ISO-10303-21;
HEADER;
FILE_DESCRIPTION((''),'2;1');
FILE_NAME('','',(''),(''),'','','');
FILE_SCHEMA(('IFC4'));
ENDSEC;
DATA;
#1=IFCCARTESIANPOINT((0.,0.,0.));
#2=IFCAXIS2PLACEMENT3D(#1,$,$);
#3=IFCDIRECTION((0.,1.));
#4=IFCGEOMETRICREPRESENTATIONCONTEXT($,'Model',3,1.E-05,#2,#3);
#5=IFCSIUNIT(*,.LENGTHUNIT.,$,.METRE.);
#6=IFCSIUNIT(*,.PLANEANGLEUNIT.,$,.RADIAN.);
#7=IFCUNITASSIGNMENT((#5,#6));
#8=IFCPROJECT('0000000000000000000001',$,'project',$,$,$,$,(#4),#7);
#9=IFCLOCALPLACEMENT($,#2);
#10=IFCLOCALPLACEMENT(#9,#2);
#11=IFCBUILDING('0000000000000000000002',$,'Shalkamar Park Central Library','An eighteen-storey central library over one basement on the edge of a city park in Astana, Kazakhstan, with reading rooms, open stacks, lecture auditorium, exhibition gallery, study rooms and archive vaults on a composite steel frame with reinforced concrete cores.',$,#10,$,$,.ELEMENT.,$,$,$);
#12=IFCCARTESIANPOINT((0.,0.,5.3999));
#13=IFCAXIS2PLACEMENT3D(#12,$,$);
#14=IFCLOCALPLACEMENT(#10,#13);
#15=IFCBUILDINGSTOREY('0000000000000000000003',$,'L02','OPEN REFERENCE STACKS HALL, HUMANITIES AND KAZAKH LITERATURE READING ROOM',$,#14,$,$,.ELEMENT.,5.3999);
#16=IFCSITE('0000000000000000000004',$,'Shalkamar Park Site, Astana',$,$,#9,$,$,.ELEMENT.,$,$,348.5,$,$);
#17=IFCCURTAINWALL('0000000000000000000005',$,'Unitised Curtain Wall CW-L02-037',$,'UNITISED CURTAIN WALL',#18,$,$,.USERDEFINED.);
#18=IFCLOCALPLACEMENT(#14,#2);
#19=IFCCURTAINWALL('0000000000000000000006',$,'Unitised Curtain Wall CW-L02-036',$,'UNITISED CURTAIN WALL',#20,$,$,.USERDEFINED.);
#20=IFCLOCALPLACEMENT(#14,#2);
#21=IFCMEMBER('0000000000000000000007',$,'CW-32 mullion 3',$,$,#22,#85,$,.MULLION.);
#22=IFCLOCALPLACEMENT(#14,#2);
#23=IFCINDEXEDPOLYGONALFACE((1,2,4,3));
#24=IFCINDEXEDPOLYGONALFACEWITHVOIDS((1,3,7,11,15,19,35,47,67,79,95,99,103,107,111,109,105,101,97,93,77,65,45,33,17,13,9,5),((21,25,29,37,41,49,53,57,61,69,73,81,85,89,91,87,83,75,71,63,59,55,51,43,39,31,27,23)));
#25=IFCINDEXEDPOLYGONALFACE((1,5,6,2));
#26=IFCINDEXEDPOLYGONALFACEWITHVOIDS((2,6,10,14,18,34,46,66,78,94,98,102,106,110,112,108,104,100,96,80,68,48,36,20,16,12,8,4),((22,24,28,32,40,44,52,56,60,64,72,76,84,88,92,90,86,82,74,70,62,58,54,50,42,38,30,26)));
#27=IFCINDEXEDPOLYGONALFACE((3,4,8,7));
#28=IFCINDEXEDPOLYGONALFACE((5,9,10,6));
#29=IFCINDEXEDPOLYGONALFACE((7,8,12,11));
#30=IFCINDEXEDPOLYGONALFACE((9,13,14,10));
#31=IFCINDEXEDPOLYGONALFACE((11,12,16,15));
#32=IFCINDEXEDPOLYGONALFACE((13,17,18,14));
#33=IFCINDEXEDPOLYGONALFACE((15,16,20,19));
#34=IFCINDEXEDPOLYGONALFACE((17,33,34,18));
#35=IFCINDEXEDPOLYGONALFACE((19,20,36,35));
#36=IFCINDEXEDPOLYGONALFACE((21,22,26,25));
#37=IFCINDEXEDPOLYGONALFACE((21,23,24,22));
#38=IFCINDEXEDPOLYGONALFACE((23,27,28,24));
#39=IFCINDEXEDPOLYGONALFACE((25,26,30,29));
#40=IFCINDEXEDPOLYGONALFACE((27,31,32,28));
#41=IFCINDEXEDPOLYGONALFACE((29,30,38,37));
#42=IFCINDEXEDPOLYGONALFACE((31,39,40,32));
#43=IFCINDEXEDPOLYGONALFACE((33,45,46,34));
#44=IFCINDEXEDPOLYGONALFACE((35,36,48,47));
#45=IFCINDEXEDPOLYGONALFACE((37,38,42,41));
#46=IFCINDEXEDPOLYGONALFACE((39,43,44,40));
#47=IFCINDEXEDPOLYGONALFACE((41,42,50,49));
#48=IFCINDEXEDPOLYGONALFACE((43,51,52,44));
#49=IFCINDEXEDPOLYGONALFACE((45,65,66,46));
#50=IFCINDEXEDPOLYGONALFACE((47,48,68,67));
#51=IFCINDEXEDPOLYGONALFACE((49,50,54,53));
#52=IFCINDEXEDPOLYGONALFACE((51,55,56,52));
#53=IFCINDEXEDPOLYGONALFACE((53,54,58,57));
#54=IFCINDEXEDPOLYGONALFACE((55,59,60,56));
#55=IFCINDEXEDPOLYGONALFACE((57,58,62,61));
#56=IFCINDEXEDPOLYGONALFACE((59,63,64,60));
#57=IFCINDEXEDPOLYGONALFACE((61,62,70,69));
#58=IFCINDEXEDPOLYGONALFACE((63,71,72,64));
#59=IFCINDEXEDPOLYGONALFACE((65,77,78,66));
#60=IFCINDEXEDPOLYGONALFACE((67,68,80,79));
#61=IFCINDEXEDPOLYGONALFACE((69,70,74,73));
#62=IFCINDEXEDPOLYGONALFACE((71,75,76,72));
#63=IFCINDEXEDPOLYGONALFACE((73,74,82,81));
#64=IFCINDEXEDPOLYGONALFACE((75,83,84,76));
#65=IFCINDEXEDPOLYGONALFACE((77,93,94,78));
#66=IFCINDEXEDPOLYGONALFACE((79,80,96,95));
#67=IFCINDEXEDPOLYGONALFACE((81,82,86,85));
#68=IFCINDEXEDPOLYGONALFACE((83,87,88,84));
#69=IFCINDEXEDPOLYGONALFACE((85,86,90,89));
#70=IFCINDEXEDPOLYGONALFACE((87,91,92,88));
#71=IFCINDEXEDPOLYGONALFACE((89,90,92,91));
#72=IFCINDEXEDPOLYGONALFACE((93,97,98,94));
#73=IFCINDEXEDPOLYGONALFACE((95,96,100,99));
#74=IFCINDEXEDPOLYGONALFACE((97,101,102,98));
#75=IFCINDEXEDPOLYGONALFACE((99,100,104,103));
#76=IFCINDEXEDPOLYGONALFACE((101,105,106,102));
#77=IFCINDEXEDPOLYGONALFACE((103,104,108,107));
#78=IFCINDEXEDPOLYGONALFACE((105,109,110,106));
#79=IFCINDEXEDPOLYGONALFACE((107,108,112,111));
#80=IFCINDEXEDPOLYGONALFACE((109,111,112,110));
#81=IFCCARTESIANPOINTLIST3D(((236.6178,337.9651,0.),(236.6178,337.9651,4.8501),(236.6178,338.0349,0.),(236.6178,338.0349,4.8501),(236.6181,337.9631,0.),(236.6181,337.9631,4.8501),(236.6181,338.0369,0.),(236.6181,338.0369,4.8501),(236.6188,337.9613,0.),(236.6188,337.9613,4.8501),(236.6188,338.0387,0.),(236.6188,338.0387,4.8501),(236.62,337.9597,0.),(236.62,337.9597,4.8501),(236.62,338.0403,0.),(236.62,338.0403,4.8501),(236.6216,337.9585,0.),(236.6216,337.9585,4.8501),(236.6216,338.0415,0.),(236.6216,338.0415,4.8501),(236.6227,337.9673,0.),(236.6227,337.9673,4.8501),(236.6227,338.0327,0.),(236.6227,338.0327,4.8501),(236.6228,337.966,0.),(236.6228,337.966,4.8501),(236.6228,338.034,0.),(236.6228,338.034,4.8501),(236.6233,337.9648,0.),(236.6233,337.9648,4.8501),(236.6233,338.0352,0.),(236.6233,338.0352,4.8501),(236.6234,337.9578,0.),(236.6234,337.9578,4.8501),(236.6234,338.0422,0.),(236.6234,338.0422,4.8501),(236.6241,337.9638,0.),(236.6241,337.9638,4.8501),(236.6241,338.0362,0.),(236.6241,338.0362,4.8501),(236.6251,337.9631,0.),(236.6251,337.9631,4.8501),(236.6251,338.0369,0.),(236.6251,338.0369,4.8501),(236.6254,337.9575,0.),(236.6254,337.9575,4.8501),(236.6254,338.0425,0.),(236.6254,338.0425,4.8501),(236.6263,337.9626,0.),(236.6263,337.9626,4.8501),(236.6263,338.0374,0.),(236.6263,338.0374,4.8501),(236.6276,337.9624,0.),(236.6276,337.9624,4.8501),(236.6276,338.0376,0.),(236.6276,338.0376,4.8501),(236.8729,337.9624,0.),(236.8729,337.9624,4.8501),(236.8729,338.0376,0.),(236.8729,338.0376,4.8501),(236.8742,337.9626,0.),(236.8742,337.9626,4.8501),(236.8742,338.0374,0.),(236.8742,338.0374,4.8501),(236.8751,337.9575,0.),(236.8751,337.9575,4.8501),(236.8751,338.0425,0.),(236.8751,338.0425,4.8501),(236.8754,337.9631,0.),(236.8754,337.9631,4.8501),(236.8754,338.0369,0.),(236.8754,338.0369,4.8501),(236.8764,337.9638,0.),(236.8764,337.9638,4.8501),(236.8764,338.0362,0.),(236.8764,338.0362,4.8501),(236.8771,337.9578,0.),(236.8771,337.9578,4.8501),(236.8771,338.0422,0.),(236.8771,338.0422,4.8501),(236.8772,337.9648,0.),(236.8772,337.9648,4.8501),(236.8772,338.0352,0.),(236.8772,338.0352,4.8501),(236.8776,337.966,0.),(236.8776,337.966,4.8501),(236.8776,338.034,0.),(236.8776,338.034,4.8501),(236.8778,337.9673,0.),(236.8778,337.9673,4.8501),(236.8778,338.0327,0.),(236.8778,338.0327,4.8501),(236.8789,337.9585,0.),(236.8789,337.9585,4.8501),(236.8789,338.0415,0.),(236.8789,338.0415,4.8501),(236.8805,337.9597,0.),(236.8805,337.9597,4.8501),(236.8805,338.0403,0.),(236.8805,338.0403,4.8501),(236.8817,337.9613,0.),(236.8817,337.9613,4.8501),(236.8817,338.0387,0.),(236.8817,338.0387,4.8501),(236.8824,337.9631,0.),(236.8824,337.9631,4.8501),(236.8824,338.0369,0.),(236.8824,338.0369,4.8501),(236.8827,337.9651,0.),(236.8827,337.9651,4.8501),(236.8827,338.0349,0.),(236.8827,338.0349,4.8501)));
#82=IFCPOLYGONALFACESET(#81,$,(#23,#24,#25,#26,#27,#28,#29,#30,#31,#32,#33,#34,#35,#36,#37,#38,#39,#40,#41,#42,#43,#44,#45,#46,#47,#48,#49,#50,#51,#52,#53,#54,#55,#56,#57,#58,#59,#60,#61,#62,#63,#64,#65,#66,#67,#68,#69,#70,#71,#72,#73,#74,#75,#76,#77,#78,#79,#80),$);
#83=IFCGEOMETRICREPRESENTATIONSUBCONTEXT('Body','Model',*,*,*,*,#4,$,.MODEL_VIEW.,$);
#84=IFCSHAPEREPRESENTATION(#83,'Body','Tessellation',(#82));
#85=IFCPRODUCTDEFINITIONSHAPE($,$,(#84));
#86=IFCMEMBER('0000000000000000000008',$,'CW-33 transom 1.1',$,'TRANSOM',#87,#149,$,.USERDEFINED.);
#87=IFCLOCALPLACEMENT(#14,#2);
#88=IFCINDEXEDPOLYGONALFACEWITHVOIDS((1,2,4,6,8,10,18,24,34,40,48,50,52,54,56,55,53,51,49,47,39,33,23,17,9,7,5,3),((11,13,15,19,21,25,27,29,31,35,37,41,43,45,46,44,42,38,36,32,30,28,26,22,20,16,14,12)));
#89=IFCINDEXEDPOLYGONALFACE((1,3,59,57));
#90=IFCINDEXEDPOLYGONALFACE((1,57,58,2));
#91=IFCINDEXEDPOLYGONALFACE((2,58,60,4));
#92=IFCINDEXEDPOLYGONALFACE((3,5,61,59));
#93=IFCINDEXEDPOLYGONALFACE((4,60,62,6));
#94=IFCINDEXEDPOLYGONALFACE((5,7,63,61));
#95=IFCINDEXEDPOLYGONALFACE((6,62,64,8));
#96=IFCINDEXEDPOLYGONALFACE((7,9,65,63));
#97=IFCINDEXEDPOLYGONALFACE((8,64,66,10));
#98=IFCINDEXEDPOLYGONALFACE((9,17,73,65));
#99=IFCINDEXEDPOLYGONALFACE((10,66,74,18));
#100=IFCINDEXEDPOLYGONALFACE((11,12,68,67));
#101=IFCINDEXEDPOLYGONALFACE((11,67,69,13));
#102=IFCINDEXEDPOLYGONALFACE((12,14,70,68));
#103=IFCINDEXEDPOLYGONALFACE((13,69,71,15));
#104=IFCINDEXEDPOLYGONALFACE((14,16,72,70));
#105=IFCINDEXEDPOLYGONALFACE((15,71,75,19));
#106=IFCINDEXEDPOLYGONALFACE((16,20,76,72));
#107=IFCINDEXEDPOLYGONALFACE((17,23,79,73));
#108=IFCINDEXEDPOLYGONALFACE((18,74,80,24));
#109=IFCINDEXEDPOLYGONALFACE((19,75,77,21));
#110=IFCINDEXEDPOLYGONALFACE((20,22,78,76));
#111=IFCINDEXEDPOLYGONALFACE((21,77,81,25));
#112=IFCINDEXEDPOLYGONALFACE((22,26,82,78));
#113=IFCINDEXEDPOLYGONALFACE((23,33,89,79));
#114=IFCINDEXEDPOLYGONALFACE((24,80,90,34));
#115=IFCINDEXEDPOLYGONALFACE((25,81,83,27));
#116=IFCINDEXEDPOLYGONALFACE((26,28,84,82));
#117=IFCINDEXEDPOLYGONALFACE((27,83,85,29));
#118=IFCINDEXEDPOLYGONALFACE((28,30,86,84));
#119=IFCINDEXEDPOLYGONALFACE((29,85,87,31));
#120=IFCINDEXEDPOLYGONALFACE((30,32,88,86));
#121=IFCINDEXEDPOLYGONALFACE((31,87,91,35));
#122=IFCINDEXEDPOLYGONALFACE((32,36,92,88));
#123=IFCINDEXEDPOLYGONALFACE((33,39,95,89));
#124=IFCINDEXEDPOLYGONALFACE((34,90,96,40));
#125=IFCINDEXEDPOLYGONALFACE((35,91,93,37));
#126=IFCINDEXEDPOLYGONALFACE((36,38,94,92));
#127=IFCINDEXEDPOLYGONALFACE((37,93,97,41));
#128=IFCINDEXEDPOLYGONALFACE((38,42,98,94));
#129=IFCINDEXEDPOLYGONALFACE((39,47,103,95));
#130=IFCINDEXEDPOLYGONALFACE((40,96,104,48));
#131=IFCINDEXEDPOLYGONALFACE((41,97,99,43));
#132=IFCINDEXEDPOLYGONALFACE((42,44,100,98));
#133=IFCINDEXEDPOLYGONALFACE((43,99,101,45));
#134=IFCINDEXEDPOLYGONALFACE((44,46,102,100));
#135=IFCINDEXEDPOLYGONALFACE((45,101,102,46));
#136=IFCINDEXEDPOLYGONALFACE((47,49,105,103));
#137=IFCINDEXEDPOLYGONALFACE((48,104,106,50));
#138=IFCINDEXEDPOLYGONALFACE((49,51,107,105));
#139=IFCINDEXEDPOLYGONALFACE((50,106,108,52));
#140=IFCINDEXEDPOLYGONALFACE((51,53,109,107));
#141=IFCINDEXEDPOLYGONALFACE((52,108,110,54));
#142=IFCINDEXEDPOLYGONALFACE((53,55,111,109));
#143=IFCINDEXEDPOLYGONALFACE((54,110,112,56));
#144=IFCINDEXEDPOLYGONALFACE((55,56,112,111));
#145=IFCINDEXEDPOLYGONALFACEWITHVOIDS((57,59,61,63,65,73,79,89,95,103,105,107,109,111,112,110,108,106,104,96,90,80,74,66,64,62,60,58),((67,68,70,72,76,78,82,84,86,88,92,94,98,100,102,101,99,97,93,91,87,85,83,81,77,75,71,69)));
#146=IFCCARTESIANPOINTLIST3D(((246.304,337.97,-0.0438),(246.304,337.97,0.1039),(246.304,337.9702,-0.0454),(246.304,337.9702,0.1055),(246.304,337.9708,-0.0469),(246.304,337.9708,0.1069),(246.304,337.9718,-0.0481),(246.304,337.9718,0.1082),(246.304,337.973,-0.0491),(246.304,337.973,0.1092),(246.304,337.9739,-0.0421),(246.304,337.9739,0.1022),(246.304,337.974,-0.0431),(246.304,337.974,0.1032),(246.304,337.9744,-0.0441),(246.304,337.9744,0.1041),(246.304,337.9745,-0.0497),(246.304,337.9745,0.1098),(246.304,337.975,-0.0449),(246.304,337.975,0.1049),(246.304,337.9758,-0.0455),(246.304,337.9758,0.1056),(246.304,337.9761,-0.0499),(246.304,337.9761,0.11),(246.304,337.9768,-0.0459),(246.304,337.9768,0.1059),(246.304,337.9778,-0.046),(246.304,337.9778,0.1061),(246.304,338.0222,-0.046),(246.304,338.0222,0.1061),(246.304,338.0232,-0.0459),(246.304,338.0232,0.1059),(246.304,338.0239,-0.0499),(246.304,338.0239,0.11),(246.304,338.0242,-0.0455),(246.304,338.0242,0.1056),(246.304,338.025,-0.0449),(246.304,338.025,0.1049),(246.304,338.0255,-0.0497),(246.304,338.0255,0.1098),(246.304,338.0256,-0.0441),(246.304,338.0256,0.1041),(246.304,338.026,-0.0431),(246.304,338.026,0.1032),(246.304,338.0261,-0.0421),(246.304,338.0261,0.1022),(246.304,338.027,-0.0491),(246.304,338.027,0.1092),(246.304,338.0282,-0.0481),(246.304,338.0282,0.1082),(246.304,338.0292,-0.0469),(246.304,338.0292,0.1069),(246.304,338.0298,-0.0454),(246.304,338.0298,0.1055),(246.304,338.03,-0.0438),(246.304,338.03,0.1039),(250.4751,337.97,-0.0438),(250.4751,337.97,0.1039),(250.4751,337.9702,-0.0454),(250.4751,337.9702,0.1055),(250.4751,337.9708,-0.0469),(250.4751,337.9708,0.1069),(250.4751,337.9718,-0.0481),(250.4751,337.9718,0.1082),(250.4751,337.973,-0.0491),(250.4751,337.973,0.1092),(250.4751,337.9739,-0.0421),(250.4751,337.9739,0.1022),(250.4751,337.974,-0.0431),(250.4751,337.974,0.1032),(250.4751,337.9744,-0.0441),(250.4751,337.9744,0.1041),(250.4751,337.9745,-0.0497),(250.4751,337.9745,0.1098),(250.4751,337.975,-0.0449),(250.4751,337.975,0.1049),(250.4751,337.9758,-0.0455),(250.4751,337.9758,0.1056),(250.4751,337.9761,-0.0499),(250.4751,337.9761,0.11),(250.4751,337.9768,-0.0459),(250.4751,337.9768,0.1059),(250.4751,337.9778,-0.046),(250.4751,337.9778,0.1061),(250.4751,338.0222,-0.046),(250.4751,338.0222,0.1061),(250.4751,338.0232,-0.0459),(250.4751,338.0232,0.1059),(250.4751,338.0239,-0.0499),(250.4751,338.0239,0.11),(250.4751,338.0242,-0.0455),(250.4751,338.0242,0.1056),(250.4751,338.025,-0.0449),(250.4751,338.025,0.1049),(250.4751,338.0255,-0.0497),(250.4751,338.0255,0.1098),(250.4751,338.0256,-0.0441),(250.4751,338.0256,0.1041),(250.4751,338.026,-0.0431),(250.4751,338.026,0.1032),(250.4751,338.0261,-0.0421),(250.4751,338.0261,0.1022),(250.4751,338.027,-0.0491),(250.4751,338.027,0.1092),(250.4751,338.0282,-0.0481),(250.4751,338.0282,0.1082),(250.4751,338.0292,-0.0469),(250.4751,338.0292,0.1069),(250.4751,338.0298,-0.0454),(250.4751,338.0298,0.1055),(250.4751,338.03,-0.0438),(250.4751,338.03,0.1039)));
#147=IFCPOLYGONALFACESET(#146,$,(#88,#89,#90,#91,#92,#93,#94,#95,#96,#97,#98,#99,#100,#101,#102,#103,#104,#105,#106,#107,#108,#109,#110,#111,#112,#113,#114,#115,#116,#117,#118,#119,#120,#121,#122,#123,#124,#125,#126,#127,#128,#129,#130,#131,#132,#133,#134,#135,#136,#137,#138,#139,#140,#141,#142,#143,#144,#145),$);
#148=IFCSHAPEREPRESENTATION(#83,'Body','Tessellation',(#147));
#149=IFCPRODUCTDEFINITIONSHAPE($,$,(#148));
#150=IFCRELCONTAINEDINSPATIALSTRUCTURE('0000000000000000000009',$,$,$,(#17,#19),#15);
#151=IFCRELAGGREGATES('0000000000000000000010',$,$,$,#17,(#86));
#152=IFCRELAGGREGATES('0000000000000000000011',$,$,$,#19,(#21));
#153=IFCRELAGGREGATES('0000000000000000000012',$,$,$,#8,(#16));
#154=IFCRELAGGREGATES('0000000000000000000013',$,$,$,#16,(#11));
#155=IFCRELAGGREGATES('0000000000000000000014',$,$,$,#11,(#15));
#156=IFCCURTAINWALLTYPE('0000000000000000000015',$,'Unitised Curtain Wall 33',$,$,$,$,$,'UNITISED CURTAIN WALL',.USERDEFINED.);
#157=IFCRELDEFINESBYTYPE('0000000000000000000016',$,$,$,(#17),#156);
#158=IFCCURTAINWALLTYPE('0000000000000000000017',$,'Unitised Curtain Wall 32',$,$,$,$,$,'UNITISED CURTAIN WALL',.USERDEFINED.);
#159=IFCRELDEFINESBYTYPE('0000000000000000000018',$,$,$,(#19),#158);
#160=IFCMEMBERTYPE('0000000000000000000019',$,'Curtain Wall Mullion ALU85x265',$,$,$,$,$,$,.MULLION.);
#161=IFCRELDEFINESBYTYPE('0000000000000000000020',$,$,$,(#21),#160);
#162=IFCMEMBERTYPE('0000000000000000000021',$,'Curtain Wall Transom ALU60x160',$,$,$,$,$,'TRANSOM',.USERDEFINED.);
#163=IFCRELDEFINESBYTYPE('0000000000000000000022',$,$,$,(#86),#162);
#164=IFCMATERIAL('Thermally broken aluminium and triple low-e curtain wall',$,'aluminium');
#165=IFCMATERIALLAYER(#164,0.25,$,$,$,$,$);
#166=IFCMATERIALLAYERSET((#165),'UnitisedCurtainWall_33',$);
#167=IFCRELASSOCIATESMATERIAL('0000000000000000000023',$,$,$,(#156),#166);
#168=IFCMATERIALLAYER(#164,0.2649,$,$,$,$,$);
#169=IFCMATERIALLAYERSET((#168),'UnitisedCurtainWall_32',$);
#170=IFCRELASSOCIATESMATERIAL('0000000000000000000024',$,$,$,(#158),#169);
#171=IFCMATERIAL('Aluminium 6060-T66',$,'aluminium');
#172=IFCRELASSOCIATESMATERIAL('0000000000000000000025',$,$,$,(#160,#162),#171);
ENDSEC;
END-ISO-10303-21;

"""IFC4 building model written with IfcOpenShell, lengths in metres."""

from ifc_helpers import new_model, si_unit, direction, frame, origin, origin_2d, place, context, subcontext, project, spatial, hollow_rectangle, extrude, material, layer, layer_set, material_profile, profile_set, type_object, element, aggregate, save


model = new_model("IFC4")

# Units and contexts
model_context = context("Model", 3, precision=1e-05, world=origin(), true_north=direction((0.0, 1.0)))
body_context = subcontext(model_context, "Body", "Model", "MODEL_VIEW")
ifc_project = project(units=[si_unit("LENGTHUNIT", "METRE"), si_unit("PLANEANGLEUNIT", "RADIAN")], contexts=[model_context])

# Site, building, storey
site_placement = place(None, origin())
site = spatial("IfcSite", under=ifc_project, at=site_placement, Name="Shalkamar Park Site, Astana", CompositionType="ELEMENT", RefElevation=348.5)
building_placement = place(site_placement, origin())
building = spatial("IfcBuilding", under=site, at=building_placement, Name="Shalkamar Park Central Library", Description="An eighteen-storey central library over one basement on the edge of a city park in Astana, Kazakhstan, with reading rooms, open stacks, lecture auditorium, exhibition gallery, study rooms and archive vaults on a composite steel frame with reinforced concrete cores.", CompositionType="ELEMENT")
storey_placement = place(building_placement, frame((0.0, 0.0, 5.3999)))
storey = spatial("IfcBuildingStorey", under=building, at=storey_placement, Name="L02", Description="OPEN REFERENCE STACKS HALL, HUMANITIES AND KAZAKH LITERATURE READING ROOM", CompositionType="ELEMENT", Elevation=5.3999)

# Curtain wall
ifc_material_1 = material(Name="Thermally broken aluminium and triple low-e curtain wall", Category="aluminium")
ifc_layer_1 = layer(ifc_material_1, 0.25)
ifc_layer_set_1 = layer_set([ifc_layer_1], Name="UnitisedCurtainWall_33")
curtain_wall_type_1 = type_object("IfcCurtainWallType", Name="Unitised Curtain Wall 33", ElementType="UNITISED CURTAIN WALL", PredefinedType="USERDEFINED", material=ifc_layer_set_1)
curtain_wall_1_placement = place(storey_placement, origin())
curtain_wall_1 = element("IfcCurtainWall", 1, at=curtain_wall_1_placement, inside=storey, type_object=curtain_wall_type_1, Name="Unitised Curtain Wall CW-L02-037", ObjectType="UNITISED CURTAIN WALL", PredefinedType="USERDEFINED")
ifc_material_2 = material(Name="Aluminium 6060-T66", Category="aluminium")

# Curtain wall, member
ifc_layer_2 = layer(ifc_material_1, 0.2649)
ifc_layer_set_2 = layer_set([ifc_layer_2], Name="UnitisedCurtainWall_32")
curtain_wall_type_2 = type_object("IfcCurtainWallType", Name="Unitised Curtain Wall 32", ElementType="UNITISED CURTAIN WALL", PredefinedType="USERDEFINED", material=ifc_layer_set_2)
curtain_wall_2_placement = place(storey_placement, origin())
curtain_wall_2 = element("IfcCurtainWall", 2, at=curtain_wall_2_placement, inside=storey, type_object=curtain_wall_type_2, Name="Unitised Curtain Wall CW-L02-036", ObjectType="UNITISED CURTAIN WALL", PredefinedType="USERDEFINED")
ifc_material_profile_1 = material_profile(ifc_material_2, hollow_rectangle(XDim=0.085, YDim=0.2649, WallThickness=0.0049, InnerFilletRadius=0.0049, OuterFilletRadius=0.0076, at=origin_2d()), Name="ALU 85x265x5")
ifc_profile_set_1 = profile_set([ifc_material_profile_1], Name="Aluminium 6060-T66")
member_type_1 = type_object("IfcMemberType", Name="Curtain Wall Mullion ALU85x265", PredefinedType="MULLION", material=ifc_profile_set_1)
member_1_placement = place(storey_placement, frame((236.7502, 338.0, 0.0), z_axis=(0.0, 0.0, 1.0), x_axis=(0.0, 1.0, 0.0)))
member_1 = element("IfcMember", 3, at=member_1_placement, type_object=member_type_1, Name="CW-32 mullion 3", PredefinedType="MULLION", context=body_context, shape_type="SweptSolid", body=[
    extrude(hollow_rectangle(XDim=0.085, YDim=0.2649, WallThickness=0.0049, InnerFilletRadius=0.0049, OuterFilletRadius=0.0076, at=origin_2d()), origin(), (0.0, 0.0, 1.0), 4.8501),
])

# Member
ifc_material_profile_2 = material_profile(ifc_material_2, hollow_rectangle(XDim=0.0601, YDim=0.1599, WallThickness=0.0039, InnerFilletRadius=0.0039, OuterFilletRadius=0.0061, at=origin_2d()), Name="ALU 60x160x4")
ifc_profile_set_2 = profile_set([ifc_material_profile_2], Name="Aluminium 6060-T66")
member_type_2 = type_object("IfcMemberType", Name="Curtain Wall Transom ALU60x160", ElementType="TRANSOM", PredefinedType="USERDEFINED", material=ifc_profile_set_2)
member_2_placement = place(storey_placement, frame((246.304, 338.0, 0.03), z_axis=(1.0, 0.0, 0.0), x_axis=(0.0, 1.0, 0.0)))
member_2 = element("IfcMember", 4, at=member_2_placement, type_object=member_type_2, Name="CW-33 transom 1.1", ObjectType="TRANSOM", PredefinedType="USERDEFINED", context=body_context, shape_type="SweptSolid", body=[
    extrude(hollow_rectangle(XDim=0.0601, YDim=0.1599, WallThickness=0.0039, InnerFilletRadius=0.0039, OuterFilletRadius=0.0061, at=origin_2d()), origin(), (0.0, 0.0, 1.0), 4.1711),
])
aggregate(curtain_wall_1, [member_2])

aggregate(curtain_wall_2, [member_1])

save(model, "model.ifc")
